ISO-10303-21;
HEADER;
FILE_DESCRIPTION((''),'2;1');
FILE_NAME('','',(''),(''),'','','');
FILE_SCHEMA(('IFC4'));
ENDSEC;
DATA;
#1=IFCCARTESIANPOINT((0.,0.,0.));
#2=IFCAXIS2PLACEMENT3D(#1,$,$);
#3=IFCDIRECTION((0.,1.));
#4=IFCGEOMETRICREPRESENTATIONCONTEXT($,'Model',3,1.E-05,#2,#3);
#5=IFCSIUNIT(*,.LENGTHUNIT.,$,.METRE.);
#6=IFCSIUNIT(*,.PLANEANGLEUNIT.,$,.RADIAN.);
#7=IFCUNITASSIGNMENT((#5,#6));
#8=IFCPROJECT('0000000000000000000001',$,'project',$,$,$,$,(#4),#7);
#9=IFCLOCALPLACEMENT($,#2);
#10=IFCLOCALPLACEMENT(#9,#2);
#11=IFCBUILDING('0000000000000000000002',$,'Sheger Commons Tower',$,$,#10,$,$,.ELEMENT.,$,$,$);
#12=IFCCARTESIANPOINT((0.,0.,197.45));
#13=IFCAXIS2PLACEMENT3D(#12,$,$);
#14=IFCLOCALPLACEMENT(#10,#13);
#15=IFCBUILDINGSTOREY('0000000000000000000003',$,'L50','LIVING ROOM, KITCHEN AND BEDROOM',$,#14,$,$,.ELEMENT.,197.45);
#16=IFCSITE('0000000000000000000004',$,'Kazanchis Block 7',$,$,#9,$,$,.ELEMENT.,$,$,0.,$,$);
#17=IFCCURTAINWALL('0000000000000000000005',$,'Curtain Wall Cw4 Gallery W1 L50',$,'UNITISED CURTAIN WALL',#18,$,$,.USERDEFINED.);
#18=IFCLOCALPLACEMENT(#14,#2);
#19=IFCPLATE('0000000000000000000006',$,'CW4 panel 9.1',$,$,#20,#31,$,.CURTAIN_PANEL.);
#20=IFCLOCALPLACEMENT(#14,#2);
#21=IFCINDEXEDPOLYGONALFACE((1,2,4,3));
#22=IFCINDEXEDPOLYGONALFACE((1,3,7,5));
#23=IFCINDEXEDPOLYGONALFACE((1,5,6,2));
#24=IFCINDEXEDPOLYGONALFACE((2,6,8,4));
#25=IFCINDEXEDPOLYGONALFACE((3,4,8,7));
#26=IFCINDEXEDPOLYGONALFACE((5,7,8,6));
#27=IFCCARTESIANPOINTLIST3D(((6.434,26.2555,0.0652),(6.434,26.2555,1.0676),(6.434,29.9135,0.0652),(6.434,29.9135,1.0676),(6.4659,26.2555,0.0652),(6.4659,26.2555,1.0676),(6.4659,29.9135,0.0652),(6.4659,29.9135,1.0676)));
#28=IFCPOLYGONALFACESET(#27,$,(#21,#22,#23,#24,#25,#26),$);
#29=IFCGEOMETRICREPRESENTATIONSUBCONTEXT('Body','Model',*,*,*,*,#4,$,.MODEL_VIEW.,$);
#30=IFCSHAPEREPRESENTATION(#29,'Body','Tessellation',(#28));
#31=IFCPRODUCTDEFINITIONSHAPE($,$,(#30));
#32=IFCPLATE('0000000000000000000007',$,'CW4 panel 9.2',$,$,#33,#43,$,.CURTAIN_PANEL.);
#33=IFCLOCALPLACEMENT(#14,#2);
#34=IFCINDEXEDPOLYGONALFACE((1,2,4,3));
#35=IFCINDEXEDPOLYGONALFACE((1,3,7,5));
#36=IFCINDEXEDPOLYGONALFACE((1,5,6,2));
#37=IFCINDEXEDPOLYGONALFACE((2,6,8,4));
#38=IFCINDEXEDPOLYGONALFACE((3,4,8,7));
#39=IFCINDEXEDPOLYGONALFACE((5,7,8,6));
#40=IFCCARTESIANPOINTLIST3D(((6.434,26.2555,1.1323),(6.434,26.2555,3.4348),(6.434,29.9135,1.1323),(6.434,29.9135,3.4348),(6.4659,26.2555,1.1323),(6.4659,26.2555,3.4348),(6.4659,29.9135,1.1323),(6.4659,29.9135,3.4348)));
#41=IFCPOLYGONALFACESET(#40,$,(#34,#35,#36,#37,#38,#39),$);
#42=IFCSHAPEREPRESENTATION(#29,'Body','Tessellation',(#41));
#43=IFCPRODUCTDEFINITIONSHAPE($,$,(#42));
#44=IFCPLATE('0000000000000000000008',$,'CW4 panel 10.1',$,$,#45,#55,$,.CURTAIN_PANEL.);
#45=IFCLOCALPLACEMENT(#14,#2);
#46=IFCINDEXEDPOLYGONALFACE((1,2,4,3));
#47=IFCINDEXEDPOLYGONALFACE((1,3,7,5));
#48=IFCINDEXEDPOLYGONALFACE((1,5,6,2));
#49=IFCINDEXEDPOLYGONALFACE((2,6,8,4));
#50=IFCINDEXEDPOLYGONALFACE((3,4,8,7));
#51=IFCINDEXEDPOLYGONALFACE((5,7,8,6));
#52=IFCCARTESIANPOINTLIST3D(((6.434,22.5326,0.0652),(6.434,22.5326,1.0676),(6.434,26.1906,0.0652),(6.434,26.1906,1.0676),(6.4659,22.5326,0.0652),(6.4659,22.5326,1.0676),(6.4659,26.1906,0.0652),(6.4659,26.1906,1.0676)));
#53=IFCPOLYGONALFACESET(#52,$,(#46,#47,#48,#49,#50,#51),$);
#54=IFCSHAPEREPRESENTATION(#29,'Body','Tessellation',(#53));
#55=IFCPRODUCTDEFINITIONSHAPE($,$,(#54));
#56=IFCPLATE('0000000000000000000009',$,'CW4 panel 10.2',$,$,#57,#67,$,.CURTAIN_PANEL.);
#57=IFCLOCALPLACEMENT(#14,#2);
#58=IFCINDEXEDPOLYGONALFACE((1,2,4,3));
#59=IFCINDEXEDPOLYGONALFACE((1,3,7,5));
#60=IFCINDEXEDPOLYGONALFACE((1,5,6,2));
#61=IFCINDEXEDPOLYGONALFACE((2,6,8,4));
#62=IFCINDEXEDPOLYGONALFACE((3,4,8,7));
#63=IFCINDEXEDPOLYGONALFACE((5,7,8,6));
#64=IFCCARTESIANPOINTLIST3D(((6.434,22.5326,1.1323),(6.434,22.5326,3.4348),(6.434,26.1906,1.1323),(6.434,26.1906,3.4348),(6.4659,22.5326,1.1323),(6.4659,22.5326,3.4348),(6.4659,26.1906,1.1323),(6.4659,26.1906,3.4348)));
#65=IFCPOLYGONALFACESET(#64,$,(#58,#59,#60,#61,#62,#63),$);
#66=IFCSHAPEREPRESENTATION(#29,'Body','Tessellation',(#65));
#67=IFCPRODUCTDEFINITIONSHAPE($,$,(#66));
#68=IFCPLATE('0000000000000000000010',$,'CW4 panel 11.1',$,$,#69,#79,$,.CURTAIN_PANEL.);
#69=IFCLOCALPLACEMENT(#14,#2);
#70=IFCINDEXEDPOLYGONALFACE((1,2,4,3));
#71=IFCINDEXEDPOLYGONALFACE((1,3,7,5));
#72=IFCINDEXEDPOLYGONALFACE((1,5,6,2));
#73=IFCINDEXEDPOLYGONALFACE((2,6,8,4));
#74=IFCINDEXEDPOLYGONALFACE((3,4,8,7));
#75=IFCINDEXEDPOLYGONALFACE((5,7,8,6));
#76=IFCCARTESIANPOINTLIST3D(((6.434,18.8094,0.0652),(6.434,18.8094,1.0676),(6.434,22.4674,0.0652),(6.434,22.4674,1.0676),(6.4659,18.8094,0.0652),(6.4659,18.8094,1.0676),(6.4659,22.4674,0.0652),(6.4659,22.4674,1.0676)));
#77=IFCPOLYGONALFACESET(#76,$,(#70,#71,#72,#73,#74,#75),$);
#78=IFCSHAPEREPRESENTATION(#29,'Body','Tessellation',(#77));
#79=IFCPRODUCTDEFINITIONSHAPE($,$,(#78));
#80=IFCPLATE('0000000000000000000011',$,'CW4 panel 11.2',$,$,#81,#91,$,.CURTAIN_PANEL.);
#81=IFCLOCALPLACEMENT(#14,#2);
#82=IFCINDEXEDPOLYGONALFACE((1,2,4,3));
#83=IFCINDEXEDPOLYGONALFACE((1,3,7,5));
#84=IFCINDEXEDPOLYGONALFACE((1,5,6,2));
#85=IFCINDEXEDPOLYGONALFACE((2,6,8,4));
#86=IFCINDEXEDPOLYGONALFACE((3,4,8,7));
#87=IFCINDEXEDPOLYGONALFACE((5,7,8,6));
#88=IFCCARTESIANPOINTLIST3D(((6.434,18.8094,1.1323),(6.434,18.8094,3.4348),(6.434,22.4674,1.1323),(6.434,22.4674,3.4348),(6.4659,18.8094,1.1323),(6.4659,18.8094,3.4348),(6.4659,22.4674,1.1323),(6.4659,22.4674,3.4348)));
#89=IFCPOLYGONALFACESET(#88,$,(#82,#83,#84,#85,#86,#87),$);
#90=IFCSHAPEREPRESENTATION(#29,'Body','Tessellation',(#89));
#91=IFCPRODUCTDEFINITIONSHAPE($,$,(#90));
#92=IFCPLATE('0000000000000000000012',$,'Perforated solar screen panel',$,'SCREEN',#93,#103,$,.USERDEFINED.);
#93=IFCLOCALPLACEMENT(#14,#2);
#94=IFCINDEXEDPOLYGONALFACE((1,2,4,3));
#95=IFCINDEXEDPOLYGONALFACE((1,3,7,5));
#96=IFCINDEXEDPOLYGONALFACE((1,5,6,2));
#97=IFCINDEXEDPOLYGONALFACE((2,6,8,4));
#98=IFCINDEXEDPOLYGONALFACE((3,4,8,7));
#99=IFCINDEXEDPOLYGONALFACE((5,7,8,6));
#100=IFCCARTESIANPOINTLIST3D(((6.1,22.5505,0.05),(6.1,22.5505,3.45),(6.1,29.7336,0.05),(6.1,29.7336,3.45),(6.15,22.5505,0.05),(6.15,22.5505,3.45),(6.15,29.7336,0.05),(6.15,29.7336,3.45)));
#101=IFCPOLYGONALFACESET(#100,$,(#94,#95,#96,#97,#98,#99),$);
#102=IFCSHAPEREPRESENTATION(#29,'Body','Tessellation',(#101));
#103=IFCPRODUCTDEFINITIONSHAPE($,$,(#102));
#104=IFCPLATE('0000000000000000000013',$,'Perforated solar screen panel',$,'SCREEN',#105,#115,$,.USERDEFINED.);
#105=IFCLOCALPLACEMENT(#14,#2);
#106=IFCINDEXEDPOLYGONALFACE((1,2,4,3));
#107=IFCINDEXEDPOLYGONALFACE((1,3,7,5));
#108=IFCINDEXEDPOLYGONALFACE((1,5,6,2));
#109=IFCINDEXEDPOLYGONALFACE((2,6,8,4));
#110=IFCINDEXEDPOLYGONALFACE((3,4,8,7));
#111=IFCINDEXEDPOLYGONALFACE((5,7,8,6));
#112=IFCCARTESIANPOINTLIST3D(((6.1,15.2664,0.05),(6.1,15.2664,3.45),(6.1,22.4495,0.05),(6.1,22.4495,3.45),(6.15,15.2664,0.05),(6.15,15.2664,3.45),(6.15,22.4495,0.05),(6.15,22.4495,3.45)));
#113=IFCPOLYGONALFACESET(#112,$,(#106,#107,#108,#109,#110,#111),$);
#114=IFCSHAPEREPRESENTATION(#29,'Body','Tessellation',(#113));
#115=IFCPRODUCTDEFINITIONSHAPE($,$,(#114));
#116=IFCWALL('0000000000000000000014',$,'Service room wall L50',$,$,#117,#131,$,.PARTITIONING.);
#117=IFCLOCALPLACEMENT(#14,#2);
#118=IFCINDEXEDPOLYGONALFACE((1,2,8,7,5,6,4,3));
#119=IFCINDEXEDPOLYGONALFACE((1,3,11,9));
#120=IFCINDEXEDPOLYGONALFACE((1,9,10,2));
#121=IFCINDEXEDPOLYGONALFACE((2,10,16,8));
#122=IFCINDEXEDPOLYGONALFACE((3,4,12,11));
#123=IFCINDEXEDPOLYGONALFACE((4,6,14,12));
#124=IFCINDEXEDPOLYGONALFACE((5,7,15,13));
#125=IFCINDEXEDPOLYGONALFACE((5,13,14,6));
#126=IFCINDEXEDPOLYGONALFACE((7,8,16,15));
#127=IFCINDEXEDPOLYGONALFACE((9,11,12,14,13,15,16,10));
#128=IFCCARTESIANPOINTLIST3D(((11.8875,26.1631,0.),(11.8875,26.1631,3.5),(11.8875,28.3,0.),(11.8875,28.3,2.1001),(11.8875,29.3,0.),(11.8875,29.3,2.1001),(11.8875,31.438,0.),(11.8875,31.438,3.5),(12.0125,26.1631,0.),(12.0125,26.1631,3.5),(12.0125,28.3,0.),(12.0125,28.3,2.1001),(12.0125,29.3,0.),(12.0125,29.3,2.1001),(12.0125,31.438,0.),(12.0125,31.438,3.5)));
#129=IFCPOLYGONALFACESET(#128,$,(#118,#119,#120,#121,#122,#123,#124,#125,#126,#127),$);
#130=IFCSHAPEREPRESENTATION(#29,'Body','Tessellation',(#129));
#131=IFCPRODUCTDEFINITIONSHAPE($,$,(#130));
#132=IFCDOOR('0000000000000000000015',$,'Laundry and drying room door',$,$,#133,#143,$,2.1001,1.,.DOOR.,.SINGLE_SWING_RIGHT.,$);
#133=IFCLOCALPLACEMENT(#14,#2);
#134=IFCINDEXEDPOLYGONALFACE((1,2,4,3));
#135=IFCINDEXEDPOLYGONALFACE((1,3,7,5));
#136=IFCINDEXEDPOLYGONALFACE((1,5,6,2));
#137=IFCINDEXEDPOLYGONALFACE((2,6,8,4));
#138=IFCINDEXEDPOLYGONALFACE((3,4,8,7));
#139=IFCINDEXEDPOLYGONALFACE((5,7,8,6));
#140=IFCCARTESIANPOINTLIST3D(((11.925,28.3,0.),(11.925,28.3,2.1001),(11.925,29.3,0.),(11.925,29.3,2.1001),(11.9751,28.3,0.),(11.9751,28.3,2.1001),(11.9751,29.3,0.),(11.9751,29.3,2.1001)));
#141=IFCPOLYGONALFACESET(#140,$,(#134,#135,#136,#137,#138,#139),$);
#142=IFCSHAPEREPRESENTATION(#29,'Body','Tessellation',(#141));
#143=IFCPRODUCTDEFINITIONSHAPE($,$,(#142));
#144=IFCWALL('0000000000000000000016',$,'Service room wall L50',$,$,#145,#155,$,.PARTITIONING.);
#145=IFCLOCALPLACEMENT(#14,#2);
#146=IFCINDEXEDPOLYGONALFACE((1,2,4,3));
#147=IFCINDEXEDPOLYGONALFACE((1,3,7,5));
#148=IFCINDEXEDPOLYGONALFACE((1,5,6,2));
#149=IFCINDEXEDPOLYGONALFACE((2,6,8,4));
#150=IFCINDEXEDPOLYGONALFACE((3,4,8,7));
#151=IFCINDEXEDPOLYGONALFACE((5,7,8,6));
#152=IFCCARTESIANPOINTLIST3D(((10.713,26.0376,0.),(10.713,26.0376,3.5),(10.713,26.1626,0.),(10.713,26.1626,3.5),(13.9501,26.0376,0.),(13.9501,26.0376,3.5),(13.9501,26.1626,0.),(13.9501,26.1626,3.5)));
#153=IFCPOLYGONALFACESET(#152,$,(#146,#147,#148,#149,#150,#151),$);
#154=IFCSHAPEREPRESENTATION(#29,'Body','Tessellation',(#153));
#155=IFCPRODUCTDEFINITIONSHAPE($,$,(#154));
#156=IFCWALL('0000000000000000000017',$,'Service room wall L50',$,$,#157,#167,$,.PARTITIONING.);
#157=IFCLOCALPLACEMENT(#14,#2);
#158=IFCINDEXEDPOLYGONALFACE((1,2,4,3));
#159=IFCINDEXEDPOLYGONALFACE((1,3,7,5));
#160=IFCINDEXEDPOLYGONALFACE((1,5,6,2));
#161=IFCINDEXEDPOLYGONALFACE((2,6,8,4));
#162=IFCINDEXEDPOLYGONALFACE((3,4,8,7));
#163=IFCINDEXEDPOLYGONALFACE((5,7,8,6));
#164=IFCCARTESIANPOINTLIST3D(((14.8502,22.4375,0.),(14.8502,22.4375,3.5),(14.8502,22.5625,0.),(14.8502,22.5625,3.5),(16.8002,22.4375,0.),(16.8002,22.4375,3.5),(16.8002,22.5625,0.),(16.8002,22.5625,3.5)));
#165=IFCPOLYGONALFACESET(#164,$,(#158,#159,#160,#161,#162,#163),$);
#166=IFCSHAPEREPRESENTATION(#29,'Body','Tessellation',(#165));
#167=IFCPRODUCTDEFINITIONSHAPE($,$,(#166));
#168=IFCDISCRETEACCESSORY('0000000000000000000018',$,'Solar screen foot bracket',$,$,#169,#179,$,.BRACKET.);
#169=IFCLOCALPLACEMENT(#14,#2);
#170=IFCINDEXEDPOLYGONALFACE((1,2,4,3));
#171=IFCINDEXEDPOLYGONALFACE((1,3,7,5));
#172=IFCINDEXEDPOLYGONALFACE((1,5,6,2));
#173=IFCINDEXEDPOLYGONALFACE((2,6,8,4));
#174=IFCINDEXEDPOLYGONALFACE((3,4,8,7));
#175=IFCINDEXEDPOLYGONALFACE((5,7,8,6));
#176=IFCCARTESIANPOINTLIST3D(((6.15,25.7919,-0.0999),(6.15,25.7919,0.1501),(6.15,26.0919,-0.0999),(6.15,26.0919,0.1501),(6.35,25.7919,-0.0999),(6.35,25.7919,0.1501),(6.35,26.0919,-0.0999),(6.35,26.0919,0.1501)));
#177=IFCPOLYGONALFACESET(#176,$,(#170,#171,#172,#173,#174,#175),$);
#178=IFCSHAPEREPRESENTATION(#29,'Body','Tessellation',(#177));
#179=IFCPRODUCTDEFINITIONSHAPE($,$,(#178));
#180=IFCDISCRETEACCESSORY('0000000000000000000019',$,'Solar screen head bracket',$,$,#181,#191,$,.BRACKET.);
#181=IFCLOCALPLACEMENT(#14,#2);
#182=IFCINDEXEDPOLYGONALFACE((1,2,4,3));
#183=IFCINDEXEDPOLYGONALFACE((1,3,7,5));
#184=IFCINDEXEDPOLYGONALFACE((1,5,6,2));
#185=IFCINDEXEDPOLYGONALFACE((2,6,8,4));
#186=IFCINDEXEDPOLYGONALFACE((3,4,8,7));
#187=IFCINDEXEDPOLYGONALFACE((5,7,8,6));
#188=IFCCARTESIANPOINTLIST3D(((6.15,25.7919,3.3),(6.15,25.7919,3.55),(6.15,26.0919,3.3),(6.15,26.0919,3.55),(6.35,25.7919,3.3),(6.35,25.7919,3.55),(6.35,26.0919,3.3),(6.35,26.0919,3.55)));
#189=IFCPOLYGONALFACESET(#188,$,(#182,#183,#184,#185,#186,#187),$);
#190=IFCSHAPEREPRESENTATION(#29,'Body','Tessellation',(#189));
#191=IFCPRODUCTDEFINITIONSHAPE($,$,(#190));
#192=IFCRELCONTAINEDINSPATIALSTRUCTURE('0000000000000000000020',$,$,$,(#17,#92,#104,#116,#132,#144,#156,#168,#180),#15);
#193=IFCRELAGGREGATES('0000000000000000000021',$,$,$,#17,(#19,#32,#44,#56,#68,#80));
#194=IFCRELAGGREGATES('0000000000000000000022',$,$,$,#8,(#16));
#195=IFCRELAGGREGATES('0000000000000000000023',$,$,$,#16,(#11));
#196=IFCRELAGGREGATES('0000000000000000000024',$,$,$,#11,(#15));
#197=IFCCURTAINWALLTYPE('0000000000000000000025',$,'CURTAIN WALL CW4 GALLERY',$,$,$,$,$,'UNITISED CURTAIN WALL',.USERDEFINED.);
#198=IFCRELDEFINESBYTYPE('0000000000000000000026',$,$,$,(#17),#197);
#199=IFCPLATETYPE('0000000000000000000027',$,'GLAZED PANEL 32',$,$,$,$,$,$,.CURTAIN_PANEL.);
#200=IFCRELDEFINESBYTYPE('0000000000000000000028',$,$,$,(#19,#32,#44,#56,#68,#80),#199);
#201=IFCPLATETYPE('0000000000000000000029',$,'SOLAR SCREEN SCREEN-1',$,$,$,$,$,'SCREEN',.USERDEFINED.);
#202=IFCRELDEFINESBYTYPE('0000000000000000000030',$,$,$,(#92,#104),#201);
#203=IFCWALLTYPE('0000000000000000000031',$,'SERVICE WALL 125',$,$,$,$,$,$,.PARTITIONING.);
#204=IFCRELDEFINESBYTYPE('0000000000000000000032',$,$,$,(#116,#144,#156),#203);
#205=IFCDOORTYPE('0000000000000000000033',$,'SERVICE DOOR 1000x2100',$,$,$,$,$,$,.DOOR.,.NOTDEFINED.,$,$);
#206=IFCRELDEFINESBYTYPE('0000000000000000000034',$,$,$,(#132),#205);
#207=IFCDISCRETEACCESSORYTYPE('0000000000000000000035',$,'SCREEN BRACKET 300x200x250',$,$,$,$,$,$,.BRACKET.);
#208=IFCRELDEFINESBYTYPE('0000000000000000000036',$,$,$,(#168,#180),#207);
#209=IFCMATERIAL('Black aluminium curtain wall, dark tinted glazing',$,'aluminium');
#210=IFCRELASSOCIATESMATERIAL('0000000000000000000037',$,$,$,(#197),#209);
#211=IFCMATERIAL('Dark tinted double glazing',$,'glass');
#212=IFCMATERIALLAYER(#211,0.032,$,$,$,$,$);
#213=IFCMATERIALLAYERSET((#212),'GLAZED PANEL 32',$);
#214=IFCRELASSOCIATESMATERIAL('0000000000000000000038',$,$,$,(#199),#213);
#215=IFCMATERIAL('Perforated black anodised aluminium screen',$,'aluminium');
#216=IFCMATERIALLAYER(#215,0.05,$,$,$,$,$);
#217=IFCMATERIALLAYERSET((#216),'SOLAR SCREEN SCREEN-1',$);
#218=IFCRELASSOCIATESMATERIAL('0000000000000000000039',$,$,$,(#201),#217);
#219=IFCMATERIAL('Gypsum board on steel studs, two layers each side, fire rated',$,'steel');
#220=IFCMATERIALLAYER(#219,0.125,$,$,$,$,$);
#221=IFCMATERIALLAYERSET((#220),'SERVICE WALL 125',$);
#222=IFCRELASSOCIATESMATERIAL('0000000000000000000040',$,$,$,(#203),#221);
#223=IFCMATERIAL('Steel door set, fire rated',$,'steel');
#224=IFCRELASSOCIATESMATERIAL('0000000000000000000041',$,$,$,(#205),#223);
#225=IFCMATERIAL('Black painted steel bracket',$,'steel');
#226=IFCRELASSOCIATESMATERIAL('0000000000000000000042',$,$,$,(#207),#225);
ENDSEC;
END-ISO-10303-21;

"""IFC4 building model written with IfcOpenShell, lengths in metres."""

from ifc_helpers import new_model, si_unit, direction, frame, frame_2d, origin, origin_2d, place, context, subcontext, project, spatial, rectangle, extrude, material, layer, layer_set, type_object, element, fill, aggregate, save


model = new_model("IFC4")

# Units and contexts
model_context = context("Model", 3, precision=1e-05, world=origin(), true_north=direction((0.0, 1.0)))
body_context = subcontext(model_context, "Body", "Model", "MODEL_VIEW")
ifc_project = project(units=[si_unit("LENGTHUNIT", "METRE"), si_unit("PLANEANGLEUNIT", "RADIAN")], contexts=[model_context])

# Site, building, storey
site_placement = place(None, origin())
site = spatial("IfcSite", under=ifc_project, at=site_placement, Name="Kazanchis Block 7", CompositionType="ELEMENT", RefElevation=0.0)
building_placement = place(site_placement, origin())
building = spatial("IfcBuilding", under=site, at=building_placement, Name="Sheger Commons Tower", CompositionType="ELEMENT")
storey_placement = place(building_placement, frame((0.0, 0.0, 197.45)))
storey = spatial("IfcBuildingStorey", under=building, at=storey_placement, Name="L50", Description="LIVING ROOM, KITCHEN AND BEDROOM", CompositionType="ELEMENT", Elevation=197.45)

# Curtain wall
ifc_material_1 = material(Name="Black aluminium curtain wall, dark tinted glazing", Category="aluminium")
curtain_wall_type = type_object("IfcCurtainWallType", Name="CURTAIN WALL CW4 GALLERY", ElementType="UNITISED CURTAIN WALL", PredefinedType="USERDEFINED", material=ifc_material_1)
curtain_wall_placement = place(storey_placement, origin())
curtain_wall = element("IfcCurtainWall", 1, at=curtain_wall_placement, inside=storey, type_object=curtain_wall_type, Name="Curtain Wall Cw4 Gallery W1 L50", ObjectType="UNITISED CURTAIN WALL", PredefinedType="USERDEFINED")

# Plates
ifc_material_2 = material(Name="Dark tinted double glazing", Category="glass")
ifc_layer_1 = layer(ifc_material_2, 0.032)
ifc_layer_set_1 = layer_set([ifc_layer_1], Name="GLAZED PANEL 32")
plate_type_1 = type_object("IfcPlateType", Name="GLAZED PANEL 32", PredefinedType="CURTAIN_PANEL", material=ifc_layer_set_1)
plate_1_placement = place(storey_placement, frame((6.45, 28.0845, 0.0652), z_axis=(0.0, 0.0, 1.0), x_axis=(0.0, -1.0, 0.0)))
plate_1 = element("IfcPlate", 2, at=plate_1_placement, type_object=plate_type_1, Name="CW4 panel 9.1", PredefinedType="CURTAIN_PANEL", context=body_context, shape_type="SweptSolid", body=[
    extrude(rectangle(XDim=3.658, YDim=0.032, at=origin_2d()), origin(), (0.0, 0.0, 1.0), 1.0024),
])
plate_2_placement = place(storey_placement, frame((6.45, 28.0845, 1.1323), z_axis=(0.0, 0.0, 1.0), x_axis=(0.0, -1.0, 0.0)))
plate_2 = element("IfcPlate", 3, at=plate_2_placement, type_object=plate_type_1, Name="CW4 panel 9.2", PredefinedType="CURTAIN_PANEL", context=body_context, shape_type="SweptSolid", body=[
    extrude(rectangle(XDim=3.658, YDim=0.032, at=origin_2d()), origin(), (0.0, 0.0, 1.0), 2.3025),
])
plate_3_placement = place(storey_placement, frame((6.45, 24.3616, 0.0652), z_axis=(0.0, 0.0, 1.0), x_axis=(0.0, -1.0, 0.0)))
plate_3 = element("IfcPlate", 4, at=plate_3_placement, type_object=plate_type_1, Name="CW4 panel 10.1", PredefinedType="CURTAIN_PANEL", context=body_context, shape_type="SweptSolid", body=[
    extrude(rectangle(XDim=3.658, YDim=0.032, at=origin_2d()), origin(), (0.0, 0.0, 1.0), 1.0024),
])
plate_4_placement = place(storey_placement, frame((6.45, 24.3616, 1.1323), z_axis=(0.0, 0.0, 1.0), x_axis=(0.0, -1.0, 0.0)))
plate_4 = element("IfcPlate", 5, at=plate_4_placement, type_object=plate_type_1, Name="CW4 panel 10.2", PredefinedType="CURTAIN_PANEL", context=body_context, shape_type="SweptSolid", body=[
    extrude(rectangle(XDim=3.658, YDim=0.032, at=origin_2d()), origin(), (0.0, 0.0, 1.0), 2.3025),
])
plate_5_placement = place(storey_placement, frame((6.45, 20.6384, 0.0652), z_axis=(0.0, 0.0, 1.0), x_axis=(0.0, -1.0, 0.0)))
plate_5 = element("IfcPlate", 6, at=plate_5_placement, type_object=plate_type_1, Name="CW4 panel 11.1", PredefinedType="CURTAIN_PANEL", context=body_context, shape_type="SweptSolid", body=[
    extrude(rectangle(XDim=3.658, YDim=0.032, at=origin_2d()), origin(), (0.0, 0.0, 1.0), 1.0024),
])
plate_6_placement = place(storey_placement, frame((6.45, 20.6384, 1.1323), z_axis=(0.0, 0.0, 1.0), x_axis=(0.0, -1.0, 0.0)))
plate_6 = element("IfcPlate", 7, at=plate_6_placement, type_object=plate_type_1, Name="CW4 panel 11.2", PredefinedType="CURTAIN_PANEL", context=body_context, shape_type="SweptSolid", body=[
    extrude(rectangle(XDim=3.658, YDim=0.032, at=origin_2d()), origin(), (0.0, 0.0, 1.0), 2.3025),
])
aggregate(curtain_wall, [plate_1, plate_2, plate_3, plate_4, plate_5, plate_6])

# Plates
ifc_material_3 = material(Name="Perforated black anodised aluminium screen", Category="aluminium")
ifc_layer_2 = layer(ifc_material_3, 0.05)
ifc_layer_set_2 = layer_set([ifc_layer_2], Name="SOLAR SCREEN SCREEN-1")
plate_type_2 = type_object("IfcPlateType", Name="SOLAR SCREEN SCREEN-1", ElementType="SCREEN", PredefinedType="USERDEFINED", material=ifc_layer_set_2)
for number, where, z_axis, x_axis, name in (
    (8, (6.125, 26.1421, 0.05), (0.0, 0.0, 1.0), (0.0, -1.0, 0.0), "Perforated solar screen panel"),
    (9, (6.125, 18.8579, 0.05), (0.0, 0.0, 1.0), (0.0, -1.0, 0.0), "Perforated solar screen panel"),
):
    element("IfcPlate", number, at=place(storey_placement, frame(where, z_axis=z_axis, x_axis=x_axis)), inside=storey, type_object=plate_type_2, Name=name, ObjectType="SCREEN", PredefinedType="USERDEFINED", context=body_context, shape_type="SweptSolid", body=[
        extrude(rectangle(XDim=7.1831, YDim=0.05, at=origin_2d()), origin(), (0.0, 0.0, 1.0), 3.3999),
    ])

# Wall, opening, door
ifc_material_4 = material(Name="Gypsum board on steel studs, two layers each side, fire rated", Category="steel")
ifc_layer_3 = layer(ifc_material_4, 0.125)
ifc_layer_set_3 = layer_set([ifc_layer_3], Name="SERVICE WALL 125")
wall_type = type_object("IfcWallType", Name="SERVICE WALL 125", PredefinedType="PARTITIONING", material=ifc_layer_set_3)
wall_1_placement = place(storey_placement, frame((11.95, 26.1631, 0.0), z_axis=(0.0, 0.0, 1.0), x_axis=(0.0, 1.0, 0.0)))
wall_1 = element("IfcWall", 10, at=wall_1_placement, inside=storey, type_object=wall_type, Name="Service room wall L50", PredefinedType="PARTITIONING", context=body_context, shape_type="SweptSolid", body=[
    extrude(rectangle(XDim=5.2749, YDim=0.125, at=frame_2d((2.6375, 0.0))), origin(), (0.0, 0.0, 1.0), 3.5),
])
opening_placement = place(wall_1_placement, frame((2.137, 0.0, 0.0)))
opening = element("IfcOpeningElement", 11, at=opening_placement, cuts=wall_1, PredefinedType="OPENING", context=body_context, shape_type="SweptSolid", body=[
    extrude(rectangle(XDim=1.0, YDim=2.1001, at=frame_2d((0.5, 1.05))), frame((0.0, 0.0725, 0.0), z_axis=(0.0, -1.0, 0.0), x_axis=(1.0, 0.0, 0.0)), (0.0, 0.0, 1.0), 0.145),
])
ifc_material_5 = material(Name="Steel door set, fire rated", Category="steel")
door_type = type_object("IfcDoorType", Name="SERVICE DOOR 1000x2100", OperationType="NOTDEFINED", PredefinedType="DOOR", material=ifc_material_5)
door_placement = place(opening_placement, origin())
door = element("IfcDoor", 12, at=door_placement, inside=storey, type_object=door_type, Name="Laundry and drying room door", OperationType="SINGLE_SWING_RIGHT", OverallHeight=2.1001, OverallWidth=1.0, PredefinedType="DOOR", context=body_context, shape_type="SweptSolid", body=[
    extrude(rectangle(XDim=1.0, YDim=2.1001, at=frame_2d((0.5, 1.05))), frame((0.0, 0.0249, 0.0), z_axis=(0.0, -1.0, 0.0), x_axis=(1.0, 0.0, 0.0)), (0.0, 0.0, 1.0), 0.05),
])
fill(opening, door)

# Walls
wall_2_placement = place(storey_placement, frame((10.7129, 26.1001, 0.0), z_axis=(0.0, 0.0, 1.0), x_axis=(1.0, 0.0, 0.0)))
element("IfcWall", 13, at=wall_2_placement, inside=storey, type_object=wall_type, Name="Service room wall L50", PredefinedType="PARTITIONING", context=body_context, shape_type="SweptSolid", body=[
    extrude(rectangle(XDim=3.2371, YDim=0.125, at=frame_2d((1.6187, 0.0))), origin(), (0.0, 0.0, 1.0), 3.5),
])
wall_3_placement = place(storey_placement, frame((14.8501, 22.5, 0.0), z_axis=(0.0, 0.0, 1.0), x_axis=(1.0, 0.0, 0.0)))
element("IfcWall", 14, at=wall_3_placement, inside=storey, type_object=wall_type, Name="Service room wall L50", PredefinedType="PARTITIONING", context=body_context, shape_type="SweptSolid", body=[
    extrude(rectangle(XDim=1.95, YDim=0.125, at=frame_2d((0.9751, 0.0))), origin(), (0.0, 0.0, 1.0), 3.5),
])

# Discrete accessories
ifc_material_6 = material(Name="Black painted steel bracket", Category="steel")
discrete_accessory_type = type_object("IfcDiscreteAccessoryType", Name="SCREEN BRACKET 300x200x250", PredefinedType="BRACKET", material=ifc_material_6)
for number, where, z_axis, x_axis, name in (
    (15, (6.25, 25.9419, -0.0999), (0.0, 0.0, 1.0), (0.0, -1.0, 0.0), "Solar screen foot bracket"),
    (16, (6.25, 25.9419, 3.3), (0.0, 0.0, 1.0), (0.0, -1.0, 0.0), "Solar screen head bracket"),
):
    element("IfcDiscreteAccessory", number, at=place(storey_placement, frame(where, z_axis=z_axis, x_axis=x_axis)), inside=storey, type_object=discrete_accessory_type, Name=name, PredefinedType="BRACKET", context=body_context, shape_type="SweptSolid", body=[
        extrude(rectangle(XDim=0.3, YDim=0.2, at=origin_2d()), origin(), (0.0, 0.0, 1.0), 0.25),
    ])

save(model, "model.ifc")
